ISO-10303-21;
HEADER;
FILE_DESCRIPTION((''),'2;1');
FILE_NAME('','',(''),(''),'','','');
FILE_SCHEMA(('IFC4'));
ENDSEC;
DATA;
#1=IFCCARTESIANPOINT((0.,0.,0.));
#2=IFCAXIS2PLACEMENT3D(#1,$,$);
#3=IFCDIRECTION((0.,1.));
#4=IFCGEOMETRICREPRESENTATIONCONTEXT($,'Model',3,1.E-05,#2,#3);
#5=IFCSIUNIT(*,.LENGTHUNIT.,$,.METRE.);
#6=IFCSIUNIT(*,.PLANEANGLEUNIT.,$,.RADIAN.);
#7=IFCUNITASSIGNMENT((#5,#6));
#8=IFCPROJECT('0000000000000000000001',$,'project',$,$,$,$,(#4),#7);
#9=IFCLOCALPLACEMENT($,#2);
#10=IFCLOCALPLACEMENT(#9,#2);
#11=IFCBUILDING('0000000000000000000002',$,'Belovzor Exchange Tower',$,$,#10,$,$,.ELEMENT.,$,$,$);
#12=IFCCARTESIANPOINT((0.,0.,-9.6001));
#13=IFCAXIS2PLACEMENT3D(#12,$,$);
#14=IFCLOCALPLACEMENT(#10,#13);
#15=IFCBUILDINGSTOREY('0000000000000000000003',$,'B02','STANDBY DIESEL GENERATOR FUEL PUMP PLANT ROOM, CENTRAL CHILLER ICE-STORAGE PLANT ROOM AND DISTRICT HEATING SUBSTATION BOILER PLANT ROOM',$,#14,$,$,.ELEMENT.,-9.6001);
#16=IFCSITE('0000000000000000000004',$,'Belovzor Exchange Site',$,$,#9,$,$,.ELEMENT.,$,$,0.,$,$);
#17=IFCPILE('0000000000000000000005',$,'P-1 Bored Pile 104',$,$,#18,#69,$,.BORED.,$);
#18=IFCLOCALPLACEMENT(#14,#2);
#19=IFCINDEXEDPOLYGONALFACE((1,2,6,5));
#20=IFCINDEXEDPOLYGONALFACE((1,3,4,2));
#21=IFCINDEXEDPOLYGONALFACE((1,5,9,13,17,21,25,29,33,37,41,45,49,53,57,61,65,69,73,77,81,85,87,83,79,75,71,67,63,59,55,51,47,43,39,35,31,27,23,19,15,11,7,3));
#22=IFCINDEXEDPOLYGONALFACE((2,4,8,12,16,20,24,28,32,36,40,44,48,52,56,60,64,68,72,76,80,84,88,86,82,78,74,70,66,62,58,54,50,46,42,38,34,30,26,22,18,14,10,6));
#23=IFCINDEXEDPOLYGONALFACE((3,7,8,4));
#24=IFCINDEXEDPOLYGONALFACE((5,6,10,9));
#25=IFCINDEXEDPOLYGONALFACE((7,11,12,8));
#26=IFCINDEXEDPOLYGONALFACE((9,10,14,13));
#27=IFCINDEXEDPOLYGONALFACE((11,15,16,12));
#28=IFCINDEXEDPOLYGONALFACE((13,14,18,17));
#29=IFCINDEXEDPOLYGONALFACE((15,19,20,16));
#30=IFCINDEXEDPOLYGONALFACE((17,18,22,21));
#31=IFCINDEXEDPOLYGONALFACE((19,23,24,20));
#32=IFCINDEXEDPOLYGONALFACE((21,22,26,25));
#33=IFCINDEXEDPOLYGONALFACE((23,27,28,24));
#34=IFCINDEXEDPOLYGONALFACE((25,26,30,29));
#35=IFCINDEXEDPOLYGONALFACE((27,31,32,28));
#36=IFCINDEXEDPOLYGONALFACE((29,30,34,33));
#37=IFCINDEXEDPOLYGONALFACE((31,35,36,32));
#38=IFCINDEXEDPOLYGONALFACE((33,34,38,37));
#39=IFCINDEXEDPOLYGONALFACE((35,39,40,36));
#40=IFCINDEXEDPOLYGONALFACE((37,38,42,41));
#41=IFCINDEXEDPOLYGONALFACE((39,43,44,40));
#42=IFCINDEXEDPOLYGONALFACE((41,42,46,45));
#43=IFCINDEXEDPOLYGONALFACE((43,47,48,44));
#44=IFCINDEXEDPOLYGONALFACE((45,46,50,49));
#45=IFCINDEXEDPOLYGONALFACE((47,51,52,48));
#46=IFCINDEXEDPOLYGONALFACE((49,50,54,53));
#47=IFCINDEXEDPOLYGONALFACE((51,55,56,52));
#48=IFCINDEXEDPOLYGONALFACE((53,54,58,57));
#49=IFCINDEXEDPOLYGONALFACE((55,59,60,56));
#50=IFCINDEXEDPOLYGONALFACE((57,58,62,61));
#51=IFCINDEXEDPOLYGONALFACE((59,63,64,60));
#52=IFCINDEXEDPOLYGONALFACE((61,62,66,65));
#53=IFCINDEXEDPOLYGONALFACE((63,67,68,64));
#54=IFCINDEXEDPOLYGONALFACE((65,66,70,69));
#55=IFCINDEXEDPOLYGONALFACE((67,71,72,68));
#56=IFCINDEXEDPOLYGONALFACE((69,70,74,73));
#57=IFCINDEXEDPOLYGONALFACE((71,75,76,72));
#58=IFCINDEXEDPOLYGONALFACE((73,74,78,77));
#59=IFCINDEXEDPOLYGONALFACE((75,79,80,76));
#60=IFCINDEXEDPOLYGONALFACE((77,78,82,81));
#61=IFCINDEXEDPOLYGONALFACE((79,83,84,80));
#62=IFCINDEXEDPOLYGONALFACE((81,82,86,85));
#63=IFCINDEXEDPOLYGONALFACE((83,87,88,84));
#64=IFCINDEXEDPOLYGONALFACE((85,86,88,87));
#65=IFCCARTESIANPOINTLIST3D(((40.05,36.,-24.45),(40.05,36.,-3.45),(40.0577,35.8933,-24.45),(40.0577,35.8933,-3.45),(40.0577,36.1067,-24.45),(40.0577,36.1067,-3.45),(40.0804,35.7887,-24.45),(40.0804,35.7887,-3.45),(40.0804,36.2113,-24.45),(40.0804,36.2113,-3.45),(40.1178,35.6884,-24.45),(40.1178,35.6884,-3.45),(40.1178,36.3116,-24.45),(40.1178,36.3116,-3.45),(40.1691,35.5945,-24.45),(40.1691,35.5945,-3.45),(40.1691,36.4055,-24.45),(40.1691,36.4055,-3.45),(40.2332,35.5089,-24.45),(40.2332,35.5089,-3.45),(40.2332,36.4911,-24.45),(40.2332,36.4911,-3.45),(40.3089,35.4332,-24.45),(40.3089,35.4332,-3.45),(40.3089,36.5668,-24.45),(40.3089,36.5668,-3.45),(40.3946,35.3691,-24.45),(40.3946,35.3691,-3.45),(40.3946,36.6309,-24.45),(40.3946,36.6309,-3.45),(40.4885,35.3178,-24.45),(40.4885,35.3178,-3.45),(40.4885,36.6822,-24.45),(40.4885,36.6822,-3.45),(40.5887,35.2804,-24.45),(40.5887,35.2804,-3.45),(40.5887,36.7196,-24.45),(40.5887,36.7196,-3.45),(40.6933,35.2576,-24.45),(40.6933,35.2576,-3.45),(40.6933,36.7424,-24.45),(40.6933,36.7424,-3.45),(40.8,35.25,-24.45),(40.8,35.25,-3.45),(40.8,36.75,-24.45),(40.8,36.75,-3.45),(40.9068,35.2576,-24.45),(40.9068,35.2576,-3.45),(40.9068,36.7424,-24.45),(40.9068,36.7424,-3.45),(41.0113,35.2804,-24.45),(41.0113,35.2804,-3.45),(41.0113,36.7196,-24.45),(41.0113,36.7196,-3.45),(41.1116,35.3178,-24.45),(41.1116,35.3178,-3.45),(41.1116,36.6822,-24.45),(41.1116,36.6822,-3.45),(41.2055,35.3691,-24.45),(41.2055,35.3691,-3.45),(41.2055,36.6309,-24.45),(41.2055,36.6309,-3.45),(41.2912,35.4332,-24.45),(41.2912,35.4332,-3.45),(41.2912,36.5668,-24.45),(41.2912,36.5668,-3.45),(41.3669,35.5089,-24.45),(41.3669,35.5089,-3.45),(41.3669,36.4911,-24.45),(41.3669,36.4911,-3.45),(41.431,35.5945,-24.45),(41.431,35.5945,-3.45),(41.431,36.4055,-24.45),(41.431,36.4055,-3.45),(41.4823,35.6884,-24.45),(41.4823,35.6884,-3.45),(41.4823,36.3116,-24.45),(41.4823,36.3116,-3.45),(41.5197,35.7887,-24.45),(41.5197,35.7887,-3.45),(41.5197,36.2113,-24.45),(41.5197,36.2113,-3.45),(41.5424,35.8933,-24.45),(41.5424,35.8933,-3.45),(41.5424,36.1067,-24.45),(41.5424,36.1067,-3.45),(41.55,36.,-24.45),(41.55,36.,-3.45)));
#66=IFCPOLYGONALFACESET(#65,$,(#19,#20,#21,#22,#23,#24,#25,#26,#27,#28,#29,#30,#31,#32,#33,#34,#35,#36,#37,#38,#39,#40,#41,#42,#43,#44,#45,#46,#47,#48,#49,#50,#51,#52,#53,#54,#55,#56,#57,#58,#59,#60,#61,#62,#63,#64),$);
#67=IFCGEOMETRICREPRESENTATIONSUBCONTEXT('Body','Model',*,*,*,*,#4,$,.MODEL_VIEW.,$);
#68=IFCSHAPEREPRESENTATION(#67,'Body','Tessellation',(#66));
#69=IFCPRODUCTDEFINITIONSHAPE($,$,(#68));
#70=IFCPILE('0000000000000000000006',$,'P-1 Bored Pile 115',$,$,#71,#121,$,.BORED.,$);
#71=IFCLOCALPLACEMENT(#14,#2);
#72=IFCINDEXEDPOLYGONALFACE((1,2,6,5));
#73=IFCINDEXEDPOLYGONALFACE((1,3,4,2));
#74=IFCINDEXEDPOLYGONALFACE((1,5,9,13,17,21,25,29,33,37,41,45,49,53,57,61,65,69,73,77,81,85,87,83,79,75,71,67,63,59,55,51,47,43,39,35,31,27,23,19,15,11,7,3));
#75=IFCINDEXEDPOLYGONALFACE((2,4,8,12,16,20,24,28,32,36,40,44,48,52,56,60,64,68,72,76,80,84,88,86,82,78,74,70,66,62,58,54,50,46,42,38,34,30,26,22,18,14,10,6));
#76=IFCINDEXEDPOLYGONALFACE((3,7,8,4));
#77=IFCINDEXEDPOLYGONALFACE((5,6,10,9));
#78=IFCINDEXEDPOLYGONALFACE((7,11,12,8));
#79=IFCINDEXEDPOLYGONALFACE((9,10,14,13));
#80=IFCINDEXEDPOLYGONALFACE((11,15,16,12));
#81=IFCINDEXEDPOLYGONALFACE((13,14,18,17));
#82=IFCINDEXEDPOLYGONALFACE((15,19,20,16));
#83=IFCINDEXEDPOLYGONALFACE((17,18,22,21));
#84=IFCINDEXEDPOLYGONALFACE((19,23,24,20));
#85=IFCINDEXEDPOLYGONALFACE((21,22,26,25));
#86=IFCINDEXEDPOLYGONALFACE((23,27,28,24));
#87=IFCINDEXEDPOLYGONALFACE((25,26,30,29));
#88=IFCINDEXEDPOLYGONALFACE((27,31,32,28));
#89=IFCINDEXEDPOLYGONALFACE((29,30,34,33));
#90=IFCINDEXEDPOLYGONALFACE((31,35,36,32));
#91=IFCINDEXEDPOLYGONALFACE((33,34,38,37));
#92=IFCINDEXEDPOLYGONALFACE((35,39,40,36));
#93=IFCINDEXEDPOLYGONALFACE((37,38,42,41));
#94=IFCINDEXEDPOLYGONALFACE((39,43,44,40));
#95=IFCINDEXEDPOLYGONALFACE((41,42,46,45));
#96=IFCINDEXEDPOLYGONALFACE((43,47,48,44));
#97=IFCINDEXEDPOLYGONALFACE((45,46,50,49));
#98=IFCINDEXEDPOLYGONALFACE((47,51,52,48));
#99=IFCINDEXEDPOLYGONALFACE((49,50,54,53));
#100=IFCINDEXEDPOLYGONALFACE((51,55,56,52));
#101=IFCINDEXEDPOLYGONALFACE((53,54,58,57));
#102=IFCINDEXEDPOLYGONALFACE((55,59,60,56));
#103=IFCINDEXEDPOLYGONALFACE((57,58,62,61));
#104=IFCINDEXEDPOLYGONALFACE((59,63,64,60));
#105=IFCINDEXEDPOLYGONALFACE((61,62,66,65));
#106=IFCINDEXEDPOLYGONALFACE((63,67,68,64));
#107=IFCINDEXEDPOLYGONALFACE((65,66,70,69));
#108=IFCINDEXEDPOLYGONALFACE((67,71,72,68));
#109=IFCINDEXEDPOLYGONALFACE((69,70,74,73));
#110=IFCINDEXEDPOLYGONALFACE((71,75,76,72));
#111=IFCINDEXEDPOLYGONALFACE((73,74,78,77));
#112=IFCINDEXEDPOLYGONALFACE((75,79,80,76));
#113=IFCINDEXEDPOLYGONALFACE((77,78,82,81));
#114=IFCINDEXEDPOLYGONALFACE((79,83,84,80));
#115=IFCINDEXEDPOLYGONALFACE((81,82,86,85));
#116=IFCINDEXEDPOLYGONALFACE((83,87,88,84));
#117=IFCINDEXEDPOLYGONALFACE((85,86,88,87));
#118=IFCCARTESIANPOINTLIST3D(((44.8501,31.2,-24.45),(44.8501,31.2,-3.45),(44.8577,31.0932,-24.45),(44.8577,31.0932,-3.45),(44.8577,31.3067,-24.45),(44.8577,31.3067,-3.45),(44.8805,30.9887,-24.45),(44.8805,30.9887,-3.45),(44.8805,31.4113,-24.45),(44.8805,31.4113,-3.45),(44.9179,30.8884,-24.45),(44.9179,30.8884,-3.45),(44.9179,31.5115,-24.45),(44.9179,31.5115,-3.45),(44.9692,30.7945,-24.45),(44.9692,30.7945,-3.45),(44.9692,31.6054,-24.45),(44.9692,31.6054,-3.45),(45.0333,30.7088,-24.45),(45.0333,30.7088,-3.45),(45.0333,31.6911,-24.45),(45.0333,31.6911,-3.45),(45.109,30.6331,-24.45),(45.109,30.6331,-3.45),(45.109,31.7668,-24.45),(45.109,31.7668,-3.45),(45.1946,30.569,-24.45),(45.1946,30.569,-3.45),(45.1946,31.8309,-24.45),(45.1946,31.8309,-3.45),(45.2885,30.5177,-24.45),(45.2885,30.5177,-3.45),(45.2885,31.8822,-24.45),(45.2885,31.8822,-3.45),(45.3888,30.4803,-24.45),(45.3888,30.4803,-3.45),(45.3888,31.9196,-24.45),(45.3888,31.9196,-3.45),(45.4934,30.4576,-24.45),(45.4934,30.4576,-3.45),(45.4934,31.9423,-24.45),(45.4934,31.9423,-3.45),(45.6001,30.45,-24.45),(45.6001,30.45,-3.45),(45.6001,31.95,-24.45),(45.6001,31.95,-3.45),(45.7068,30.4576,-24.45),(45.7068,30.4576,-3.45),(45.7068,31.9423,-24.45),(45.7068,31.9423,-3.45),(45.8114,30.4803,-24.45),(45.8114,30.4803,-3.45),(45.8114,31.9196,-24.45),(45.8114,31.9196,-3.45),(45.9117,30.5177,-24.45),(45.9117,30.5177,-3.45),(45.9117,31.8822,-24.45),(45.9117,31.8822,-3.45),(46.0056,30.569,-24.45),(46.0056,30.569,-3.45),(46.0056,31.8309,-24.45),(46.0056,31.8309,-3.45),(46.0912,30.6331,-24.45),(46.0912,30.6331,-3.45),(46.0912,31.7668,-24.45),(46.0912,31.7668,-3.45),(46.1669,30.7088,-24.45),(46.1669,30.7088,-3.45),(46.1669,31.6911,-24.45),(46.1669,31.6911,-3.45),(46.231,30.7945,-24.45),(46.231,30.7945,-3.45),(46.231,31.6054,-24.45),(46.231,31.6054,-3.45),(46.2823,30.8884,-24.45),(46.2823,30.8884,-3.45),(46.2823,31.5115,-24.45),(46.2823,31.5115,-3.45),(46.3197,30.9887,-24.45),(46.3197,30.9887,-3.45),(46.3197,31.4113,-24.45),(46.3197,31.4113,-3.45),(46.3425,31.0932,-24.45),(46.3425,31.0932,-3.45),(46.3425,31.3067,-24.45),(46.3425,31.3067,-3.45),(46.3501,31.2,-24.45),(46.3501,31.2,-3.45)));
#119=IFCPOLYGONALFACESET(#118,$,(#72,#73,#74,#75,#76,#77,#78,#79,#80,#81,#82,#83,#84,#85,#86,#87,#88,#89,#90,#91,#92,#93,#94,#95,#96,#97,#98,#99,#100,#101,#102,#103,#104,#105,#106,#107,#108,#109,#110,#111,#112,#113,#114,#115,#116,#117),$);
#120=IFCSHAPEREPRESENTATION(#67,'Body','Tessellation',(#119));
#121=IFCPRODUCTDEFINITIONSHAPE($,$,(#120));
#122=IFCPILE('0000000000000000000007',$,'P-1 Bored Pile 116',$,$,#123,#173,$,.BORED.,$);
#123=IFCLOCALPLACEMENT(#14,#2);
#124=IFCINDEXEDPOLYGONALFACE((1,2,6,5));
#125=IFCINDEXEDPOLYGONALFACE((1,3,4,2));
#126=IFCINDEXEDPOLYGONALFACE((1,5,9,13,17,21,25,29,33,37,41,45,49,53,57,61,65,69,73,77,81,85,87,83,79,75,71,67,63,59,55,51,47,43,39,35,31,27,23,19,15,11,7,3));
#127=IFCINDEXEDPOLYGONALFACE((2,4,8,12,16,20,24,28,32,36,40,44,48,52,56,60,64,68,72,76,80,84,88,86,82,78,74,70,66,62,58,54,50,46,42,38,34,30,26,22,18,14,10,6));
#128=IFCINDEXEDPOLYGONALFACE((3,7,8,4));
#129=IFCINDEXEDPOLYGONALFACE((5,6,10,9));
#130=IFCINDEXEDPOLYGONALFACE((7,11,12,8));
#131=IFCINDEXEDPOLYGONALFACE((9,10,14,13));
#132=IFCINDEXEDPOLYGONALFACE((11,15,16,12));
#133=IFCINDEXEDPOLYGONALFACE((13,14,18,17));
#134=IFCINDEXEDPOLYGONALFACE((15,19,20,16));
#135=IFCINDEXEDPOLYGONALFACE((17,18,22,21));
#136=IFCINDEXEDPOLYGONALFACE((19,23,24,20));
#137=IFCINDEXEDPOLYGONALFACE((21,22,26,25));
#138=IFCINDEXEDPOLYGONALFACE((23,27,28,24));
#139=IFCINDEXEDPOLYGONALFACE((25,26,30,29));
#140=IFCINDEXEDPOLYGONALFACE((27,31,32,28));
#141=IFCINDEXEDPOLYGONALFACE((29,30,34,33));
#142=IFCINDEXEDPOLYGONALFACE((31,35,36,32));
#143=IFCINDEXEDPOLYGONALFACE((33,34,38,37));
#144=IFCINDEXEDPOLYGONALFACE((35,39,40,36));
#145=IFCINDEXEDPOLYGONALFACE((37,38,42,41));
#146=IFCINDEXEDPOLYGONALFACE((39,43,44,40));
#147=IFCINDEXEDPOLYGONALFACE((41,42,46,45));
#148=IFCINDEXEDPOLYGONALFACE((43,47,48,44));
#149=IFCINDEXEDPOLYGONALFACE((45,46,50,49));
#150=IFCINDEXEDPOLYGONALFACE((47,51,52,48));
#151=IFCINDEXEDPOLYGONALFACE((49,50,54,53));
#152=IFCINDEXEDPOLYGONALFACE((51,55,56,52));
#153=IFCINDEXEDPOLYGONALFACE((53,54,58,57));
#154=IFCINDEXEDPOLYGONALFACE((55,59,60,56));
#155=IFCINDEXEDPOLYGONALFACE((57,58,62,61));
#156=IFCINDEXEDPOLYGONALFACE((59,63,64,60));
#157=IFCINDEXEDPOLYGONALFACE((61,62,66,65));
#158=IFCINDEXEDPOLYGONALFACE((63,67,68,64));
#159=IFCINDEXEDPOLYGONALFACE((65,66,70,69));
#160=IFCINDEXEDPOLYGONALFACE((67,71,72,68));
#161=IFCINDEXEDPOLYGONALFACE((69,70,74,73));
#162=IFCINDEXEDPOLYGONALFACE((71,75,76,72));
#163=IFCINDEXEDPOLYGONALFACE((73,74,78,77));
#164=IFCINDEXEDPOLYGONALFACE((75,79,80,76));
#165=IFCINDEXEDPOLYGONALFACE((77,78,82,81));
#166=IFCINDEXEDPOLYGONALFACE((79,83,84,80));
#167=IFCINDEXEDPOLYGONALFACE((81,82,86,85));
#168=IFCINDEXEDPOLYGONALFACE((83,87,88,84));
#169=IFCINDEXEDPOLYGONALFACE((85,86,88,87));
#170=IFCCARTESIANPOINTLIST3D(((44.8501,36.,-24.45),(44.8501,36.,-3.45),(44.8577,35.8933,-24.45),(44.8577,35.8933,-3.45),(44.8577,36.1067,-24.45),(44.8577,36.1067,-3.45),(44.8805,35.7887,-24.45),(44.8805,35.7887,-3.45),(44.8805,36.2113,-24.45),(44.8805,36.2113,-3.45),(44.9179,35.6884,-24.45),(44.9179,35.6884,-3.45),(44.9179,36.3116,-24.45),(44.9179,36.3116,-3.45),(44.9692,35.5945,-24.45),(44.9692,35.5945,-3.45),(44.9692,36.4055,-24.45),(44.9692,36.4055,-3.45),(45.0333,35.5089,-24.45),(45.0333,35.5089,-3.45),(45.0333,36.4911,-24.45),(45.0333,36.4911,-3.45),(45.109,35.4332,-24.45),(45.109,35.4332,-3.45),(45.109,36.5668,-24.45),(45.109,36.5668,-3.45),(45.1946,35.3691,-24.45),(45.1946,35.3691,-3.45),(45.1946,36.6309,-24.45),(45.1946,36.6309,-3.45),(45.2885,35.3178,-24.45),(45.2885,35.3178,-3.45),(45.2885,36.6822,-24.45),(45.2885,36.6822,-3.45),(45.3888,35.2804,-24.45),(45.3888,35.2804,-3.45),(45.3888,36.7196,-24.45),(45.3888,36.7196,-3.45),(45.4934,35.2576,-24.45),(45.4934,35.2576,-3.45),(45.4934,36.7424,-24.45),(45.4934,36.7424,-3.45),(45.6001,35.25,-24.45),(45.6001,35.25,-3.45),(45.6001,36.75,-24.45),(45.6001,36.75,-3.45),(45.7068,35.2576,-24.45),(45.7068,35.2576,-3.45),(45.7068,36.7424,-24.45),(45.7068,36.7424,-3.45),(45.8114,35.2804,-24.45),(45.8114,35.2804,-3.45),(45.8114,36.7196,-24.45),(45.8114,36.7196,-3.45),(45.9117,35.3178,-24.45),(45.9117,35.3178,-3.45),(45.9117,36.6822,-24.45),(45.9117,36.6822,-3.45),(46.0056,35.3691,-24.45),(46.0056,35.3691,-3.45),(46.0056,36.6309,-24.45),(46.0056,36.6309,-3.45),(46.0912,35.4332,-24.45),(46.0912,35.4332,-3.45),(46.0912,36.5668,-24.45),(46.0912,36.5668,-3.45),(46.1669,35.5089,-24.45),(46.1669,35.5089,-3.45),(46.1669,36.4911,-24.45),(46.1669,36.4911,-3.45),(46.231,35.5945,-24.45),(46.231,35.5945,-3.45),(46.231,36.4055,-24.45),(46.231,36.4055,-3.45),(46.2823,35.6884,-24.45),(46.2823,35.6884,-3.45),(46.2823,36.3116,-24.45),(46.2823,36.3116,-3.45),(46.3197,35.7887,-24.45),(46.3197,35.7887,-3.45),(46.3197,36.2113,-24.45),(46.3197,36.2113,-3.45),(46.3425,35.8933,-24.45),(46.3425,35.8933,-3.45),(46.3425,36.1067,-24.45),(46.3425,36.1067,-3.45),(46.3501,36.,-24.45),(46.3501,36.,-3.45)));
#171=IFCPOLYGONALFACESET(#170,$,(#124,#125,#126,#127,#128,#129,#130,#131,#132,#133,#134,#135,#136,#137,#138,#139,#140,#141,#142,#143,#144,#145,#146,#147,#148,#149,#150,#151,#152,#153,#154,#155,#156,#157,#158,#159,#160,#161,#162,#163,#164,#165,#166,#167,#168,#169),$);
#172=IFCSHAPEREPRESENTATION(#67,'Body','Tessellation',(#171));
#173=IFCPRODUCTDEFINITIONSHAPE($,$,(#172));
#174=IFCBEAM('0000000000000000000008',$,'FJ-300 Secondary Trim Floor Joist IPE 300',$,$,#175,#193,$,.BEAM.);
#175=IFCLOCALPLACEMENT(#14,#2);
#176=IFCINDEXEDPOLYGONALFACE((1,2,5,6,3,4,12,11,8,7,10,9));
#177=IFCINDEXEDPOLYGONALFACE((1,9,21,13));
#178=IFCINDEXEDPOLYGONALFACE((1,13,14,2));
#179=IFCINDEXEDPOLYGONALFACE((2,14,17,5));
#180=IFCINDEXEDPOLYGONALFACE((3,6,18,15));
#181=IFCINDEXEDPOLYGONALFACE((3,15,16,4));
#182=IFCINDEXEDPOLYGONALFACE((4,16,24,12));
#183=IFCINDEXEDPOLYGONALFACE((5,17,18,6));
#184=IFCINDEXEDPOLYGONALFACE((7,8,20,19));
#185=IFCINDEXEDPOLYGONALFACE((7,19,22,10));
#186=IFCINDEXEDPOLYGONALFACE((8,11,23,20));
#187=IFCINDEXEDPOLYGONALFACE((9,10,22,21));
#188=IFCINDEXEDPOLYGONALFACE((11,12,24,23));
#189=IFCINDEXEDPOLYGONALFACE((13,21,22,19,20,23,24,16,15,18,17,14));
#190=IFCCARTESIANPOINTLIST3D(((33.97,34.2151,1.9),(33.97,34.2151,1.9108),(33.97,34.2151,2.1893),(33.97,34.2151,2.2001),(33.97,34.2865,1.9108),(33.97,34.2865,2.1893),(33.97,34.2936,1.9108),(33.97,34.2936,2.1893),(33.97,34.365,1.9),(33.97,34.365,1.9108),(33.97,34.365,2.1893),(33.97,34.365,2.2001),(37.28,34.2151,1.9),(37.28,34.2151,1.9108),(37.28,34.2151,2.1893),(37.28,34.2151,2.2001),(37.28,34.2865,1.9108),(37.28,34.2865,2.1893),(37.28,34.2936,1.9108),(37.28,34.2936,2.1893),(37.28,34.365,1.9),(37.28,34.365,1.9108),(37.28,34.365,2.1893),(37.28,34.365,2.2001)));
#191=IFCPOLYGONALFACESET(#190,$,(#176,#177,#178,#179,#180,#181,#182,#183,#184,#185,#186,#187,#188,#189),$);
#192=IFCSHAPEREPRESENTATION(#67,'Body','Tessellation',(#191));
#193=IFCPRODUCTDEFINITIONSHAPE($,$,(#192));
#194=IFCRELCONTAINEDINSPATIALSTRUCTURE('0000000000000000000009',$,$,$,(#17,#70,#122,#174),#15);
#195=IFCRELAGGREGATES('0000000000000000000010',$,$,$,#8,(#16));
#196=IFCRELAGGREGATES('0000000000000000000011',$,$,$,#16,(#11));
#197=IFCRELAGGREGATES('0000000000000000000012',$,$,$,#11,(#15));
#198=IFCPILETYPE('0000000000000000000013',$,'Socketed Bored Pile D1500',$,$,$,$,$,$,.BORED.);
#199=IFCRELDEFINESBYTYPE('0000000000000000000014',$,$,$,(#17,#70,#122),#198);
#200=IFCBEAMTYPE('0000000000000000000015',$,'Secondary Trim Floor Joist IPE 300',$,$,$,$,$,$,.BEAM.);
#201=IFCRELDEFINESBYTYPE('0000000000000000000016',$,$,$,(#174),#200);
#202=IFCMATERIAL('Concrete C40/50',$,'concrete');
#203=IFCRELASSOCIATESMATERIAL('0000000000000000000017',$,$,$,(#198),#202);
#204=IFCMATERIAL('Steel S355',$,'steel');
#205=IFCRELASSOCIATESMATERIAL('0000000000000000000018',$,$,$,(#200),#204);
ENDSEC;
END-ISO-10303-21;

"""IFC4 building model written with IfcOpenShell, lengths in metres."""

from ifc_helpers import new_model, si_unit, direction, frame, origin, origin_2d, place, context, subcontext, project, spatial, circle, i_section, extrude, material, material_profile, profile_set, type_object, element, save


model = new_model("IFC4")

# Units and contexts
model_context = context("Model", 3, precision=1e-05, world=origin(), true_north=direction((0.0, 1.0)))
body_context = subcontext(model_context, "Body", "Model", "MODEL_VIEW")
ifc_project = project(units=[si_unit("LENGTHUNIT", "METRE"), si_unit("PLANEANGLEUNIT", "RADIAN")], contexts=[model_context])

# Site, building, storey
site_placement = place(None, origin())
site = spatial("IfcSite", under=ifc_project, at=site_placement, Name="Belovzor Exchange Site", CompositionType="ELEMENT", RefElevation=0.0)
building_placement = place(site_placement, origin())
building = spatial("IfcBuilding", under=site, at=building_placement, Name="Belovzor Exchange Tower", CompositionType="ELEMENT")
storey_placement = place(building_placement, frame((0.0, 0.0, -9.6001)))
storey = spatial("IfcBuildingStorey", under=building, at=storey_placement, Name="B02", Description="STANDBY DIESEL GENERATOR FUEL PUMP PLANT ROOM, CENTRAL CHILLER ICE-STORAGE PLANT ROOM AND DISTRICT HEATING SUBSTATION BOILER PLANT ROOM", CompositionType="ELEMENT", Elevation=-9.6001)

# Piles
ifc_material_1 = material(Name="Concrete C40/50", Category="concrete")
ifc_material_profile_1 = material_profile(ifc_material_1, circle(Radius=0.75, at=origin_2d()))
ifc_profile_set_1 = profile_set([ifc_material_profile_1], Name="Concrete C40/50")
pile_type_1 = type_object("IfcPileType", Name="Socketed Bored Pile D1500", PredefinedType="BORED", material=ifc_profile_set_1)
for number, where, z_axis, x_axis, name in (
    (1, (40.8, 36.0, -3.45), (0.0, 0.0, -1.0), (1.0, 0.0, 0.0), "P-1 Bored Pile 104"),
    (2, (45.6001, 31.2, -3.45), (0.0, 0.0, -1.0), (1.0, 0.0, 0.0), "P-1 Bored Pile 115"),
    (3, (45.6001, 36.0, -3.45), (0.0, 0.0, -1.0), (1.0, 0.0, 0.0), "P-1 Bored Pile 116"),
):
    element("IfcPile", number, at=place(storey_placement, frame(where, z_axis=z_axis, x_axis=x_axis)), inside=storey, type_object=pile_type_1, Name=name, PredefinedType="BORED", context=body_context, shape_type="SweptSolid", body=[
        extrude(circle(Radius=0.75, at=origin_2d()), origin(), (0.0, 0.0, 1.0), 21.0),
    ])

# Beam
ifc_material_2 = material(Name="Steel S355", Category="steel")
ifc_material_profile_2 = material_profile(ifc_material_2, i_section(OverallWidth=0.1499, OverallDepth=0.3, WebThickness=0.0071, FlangeThickness=0.0107, at=origin_2d()))
ifc_profile_set_2 = profile_set([ifc_material_profile_2], Name="Steel S355")
beam_type = type_object("IfcBeamType", Name="Secondary Trim Floor Joist IPE 300", PredefinedType="BEAM", material=ifc_profile_set_2)
for number, where, z_axis, x_axis, name in (
    (4, (37.28, 34.29, 2.05), (-1.0, 0.0, 0.0), (0.0, -1.0, 0.0), "FJ-300 Secondary Trim Floor Joist IPE 300"),
):
    element("IfcBeam", number, at=place(storey_placement, frame(where, z_axis=z_axis, x_axis=x_axis)), inside=storey, type_object=beam_type, Name=name, PredefinedType="BEAM", context=body_context, shape_type="SweptSolid", body=[
        extrude(i_section(OverallWidth=0.1499, OverallDepth=0.3, WebThickness=0.0071, FlangeThickness=0.0107, at=origin_2d()), origin(), (0.0, 0.0, 1.0), 3.3101),
    ])

save(model, "model.ifc")
